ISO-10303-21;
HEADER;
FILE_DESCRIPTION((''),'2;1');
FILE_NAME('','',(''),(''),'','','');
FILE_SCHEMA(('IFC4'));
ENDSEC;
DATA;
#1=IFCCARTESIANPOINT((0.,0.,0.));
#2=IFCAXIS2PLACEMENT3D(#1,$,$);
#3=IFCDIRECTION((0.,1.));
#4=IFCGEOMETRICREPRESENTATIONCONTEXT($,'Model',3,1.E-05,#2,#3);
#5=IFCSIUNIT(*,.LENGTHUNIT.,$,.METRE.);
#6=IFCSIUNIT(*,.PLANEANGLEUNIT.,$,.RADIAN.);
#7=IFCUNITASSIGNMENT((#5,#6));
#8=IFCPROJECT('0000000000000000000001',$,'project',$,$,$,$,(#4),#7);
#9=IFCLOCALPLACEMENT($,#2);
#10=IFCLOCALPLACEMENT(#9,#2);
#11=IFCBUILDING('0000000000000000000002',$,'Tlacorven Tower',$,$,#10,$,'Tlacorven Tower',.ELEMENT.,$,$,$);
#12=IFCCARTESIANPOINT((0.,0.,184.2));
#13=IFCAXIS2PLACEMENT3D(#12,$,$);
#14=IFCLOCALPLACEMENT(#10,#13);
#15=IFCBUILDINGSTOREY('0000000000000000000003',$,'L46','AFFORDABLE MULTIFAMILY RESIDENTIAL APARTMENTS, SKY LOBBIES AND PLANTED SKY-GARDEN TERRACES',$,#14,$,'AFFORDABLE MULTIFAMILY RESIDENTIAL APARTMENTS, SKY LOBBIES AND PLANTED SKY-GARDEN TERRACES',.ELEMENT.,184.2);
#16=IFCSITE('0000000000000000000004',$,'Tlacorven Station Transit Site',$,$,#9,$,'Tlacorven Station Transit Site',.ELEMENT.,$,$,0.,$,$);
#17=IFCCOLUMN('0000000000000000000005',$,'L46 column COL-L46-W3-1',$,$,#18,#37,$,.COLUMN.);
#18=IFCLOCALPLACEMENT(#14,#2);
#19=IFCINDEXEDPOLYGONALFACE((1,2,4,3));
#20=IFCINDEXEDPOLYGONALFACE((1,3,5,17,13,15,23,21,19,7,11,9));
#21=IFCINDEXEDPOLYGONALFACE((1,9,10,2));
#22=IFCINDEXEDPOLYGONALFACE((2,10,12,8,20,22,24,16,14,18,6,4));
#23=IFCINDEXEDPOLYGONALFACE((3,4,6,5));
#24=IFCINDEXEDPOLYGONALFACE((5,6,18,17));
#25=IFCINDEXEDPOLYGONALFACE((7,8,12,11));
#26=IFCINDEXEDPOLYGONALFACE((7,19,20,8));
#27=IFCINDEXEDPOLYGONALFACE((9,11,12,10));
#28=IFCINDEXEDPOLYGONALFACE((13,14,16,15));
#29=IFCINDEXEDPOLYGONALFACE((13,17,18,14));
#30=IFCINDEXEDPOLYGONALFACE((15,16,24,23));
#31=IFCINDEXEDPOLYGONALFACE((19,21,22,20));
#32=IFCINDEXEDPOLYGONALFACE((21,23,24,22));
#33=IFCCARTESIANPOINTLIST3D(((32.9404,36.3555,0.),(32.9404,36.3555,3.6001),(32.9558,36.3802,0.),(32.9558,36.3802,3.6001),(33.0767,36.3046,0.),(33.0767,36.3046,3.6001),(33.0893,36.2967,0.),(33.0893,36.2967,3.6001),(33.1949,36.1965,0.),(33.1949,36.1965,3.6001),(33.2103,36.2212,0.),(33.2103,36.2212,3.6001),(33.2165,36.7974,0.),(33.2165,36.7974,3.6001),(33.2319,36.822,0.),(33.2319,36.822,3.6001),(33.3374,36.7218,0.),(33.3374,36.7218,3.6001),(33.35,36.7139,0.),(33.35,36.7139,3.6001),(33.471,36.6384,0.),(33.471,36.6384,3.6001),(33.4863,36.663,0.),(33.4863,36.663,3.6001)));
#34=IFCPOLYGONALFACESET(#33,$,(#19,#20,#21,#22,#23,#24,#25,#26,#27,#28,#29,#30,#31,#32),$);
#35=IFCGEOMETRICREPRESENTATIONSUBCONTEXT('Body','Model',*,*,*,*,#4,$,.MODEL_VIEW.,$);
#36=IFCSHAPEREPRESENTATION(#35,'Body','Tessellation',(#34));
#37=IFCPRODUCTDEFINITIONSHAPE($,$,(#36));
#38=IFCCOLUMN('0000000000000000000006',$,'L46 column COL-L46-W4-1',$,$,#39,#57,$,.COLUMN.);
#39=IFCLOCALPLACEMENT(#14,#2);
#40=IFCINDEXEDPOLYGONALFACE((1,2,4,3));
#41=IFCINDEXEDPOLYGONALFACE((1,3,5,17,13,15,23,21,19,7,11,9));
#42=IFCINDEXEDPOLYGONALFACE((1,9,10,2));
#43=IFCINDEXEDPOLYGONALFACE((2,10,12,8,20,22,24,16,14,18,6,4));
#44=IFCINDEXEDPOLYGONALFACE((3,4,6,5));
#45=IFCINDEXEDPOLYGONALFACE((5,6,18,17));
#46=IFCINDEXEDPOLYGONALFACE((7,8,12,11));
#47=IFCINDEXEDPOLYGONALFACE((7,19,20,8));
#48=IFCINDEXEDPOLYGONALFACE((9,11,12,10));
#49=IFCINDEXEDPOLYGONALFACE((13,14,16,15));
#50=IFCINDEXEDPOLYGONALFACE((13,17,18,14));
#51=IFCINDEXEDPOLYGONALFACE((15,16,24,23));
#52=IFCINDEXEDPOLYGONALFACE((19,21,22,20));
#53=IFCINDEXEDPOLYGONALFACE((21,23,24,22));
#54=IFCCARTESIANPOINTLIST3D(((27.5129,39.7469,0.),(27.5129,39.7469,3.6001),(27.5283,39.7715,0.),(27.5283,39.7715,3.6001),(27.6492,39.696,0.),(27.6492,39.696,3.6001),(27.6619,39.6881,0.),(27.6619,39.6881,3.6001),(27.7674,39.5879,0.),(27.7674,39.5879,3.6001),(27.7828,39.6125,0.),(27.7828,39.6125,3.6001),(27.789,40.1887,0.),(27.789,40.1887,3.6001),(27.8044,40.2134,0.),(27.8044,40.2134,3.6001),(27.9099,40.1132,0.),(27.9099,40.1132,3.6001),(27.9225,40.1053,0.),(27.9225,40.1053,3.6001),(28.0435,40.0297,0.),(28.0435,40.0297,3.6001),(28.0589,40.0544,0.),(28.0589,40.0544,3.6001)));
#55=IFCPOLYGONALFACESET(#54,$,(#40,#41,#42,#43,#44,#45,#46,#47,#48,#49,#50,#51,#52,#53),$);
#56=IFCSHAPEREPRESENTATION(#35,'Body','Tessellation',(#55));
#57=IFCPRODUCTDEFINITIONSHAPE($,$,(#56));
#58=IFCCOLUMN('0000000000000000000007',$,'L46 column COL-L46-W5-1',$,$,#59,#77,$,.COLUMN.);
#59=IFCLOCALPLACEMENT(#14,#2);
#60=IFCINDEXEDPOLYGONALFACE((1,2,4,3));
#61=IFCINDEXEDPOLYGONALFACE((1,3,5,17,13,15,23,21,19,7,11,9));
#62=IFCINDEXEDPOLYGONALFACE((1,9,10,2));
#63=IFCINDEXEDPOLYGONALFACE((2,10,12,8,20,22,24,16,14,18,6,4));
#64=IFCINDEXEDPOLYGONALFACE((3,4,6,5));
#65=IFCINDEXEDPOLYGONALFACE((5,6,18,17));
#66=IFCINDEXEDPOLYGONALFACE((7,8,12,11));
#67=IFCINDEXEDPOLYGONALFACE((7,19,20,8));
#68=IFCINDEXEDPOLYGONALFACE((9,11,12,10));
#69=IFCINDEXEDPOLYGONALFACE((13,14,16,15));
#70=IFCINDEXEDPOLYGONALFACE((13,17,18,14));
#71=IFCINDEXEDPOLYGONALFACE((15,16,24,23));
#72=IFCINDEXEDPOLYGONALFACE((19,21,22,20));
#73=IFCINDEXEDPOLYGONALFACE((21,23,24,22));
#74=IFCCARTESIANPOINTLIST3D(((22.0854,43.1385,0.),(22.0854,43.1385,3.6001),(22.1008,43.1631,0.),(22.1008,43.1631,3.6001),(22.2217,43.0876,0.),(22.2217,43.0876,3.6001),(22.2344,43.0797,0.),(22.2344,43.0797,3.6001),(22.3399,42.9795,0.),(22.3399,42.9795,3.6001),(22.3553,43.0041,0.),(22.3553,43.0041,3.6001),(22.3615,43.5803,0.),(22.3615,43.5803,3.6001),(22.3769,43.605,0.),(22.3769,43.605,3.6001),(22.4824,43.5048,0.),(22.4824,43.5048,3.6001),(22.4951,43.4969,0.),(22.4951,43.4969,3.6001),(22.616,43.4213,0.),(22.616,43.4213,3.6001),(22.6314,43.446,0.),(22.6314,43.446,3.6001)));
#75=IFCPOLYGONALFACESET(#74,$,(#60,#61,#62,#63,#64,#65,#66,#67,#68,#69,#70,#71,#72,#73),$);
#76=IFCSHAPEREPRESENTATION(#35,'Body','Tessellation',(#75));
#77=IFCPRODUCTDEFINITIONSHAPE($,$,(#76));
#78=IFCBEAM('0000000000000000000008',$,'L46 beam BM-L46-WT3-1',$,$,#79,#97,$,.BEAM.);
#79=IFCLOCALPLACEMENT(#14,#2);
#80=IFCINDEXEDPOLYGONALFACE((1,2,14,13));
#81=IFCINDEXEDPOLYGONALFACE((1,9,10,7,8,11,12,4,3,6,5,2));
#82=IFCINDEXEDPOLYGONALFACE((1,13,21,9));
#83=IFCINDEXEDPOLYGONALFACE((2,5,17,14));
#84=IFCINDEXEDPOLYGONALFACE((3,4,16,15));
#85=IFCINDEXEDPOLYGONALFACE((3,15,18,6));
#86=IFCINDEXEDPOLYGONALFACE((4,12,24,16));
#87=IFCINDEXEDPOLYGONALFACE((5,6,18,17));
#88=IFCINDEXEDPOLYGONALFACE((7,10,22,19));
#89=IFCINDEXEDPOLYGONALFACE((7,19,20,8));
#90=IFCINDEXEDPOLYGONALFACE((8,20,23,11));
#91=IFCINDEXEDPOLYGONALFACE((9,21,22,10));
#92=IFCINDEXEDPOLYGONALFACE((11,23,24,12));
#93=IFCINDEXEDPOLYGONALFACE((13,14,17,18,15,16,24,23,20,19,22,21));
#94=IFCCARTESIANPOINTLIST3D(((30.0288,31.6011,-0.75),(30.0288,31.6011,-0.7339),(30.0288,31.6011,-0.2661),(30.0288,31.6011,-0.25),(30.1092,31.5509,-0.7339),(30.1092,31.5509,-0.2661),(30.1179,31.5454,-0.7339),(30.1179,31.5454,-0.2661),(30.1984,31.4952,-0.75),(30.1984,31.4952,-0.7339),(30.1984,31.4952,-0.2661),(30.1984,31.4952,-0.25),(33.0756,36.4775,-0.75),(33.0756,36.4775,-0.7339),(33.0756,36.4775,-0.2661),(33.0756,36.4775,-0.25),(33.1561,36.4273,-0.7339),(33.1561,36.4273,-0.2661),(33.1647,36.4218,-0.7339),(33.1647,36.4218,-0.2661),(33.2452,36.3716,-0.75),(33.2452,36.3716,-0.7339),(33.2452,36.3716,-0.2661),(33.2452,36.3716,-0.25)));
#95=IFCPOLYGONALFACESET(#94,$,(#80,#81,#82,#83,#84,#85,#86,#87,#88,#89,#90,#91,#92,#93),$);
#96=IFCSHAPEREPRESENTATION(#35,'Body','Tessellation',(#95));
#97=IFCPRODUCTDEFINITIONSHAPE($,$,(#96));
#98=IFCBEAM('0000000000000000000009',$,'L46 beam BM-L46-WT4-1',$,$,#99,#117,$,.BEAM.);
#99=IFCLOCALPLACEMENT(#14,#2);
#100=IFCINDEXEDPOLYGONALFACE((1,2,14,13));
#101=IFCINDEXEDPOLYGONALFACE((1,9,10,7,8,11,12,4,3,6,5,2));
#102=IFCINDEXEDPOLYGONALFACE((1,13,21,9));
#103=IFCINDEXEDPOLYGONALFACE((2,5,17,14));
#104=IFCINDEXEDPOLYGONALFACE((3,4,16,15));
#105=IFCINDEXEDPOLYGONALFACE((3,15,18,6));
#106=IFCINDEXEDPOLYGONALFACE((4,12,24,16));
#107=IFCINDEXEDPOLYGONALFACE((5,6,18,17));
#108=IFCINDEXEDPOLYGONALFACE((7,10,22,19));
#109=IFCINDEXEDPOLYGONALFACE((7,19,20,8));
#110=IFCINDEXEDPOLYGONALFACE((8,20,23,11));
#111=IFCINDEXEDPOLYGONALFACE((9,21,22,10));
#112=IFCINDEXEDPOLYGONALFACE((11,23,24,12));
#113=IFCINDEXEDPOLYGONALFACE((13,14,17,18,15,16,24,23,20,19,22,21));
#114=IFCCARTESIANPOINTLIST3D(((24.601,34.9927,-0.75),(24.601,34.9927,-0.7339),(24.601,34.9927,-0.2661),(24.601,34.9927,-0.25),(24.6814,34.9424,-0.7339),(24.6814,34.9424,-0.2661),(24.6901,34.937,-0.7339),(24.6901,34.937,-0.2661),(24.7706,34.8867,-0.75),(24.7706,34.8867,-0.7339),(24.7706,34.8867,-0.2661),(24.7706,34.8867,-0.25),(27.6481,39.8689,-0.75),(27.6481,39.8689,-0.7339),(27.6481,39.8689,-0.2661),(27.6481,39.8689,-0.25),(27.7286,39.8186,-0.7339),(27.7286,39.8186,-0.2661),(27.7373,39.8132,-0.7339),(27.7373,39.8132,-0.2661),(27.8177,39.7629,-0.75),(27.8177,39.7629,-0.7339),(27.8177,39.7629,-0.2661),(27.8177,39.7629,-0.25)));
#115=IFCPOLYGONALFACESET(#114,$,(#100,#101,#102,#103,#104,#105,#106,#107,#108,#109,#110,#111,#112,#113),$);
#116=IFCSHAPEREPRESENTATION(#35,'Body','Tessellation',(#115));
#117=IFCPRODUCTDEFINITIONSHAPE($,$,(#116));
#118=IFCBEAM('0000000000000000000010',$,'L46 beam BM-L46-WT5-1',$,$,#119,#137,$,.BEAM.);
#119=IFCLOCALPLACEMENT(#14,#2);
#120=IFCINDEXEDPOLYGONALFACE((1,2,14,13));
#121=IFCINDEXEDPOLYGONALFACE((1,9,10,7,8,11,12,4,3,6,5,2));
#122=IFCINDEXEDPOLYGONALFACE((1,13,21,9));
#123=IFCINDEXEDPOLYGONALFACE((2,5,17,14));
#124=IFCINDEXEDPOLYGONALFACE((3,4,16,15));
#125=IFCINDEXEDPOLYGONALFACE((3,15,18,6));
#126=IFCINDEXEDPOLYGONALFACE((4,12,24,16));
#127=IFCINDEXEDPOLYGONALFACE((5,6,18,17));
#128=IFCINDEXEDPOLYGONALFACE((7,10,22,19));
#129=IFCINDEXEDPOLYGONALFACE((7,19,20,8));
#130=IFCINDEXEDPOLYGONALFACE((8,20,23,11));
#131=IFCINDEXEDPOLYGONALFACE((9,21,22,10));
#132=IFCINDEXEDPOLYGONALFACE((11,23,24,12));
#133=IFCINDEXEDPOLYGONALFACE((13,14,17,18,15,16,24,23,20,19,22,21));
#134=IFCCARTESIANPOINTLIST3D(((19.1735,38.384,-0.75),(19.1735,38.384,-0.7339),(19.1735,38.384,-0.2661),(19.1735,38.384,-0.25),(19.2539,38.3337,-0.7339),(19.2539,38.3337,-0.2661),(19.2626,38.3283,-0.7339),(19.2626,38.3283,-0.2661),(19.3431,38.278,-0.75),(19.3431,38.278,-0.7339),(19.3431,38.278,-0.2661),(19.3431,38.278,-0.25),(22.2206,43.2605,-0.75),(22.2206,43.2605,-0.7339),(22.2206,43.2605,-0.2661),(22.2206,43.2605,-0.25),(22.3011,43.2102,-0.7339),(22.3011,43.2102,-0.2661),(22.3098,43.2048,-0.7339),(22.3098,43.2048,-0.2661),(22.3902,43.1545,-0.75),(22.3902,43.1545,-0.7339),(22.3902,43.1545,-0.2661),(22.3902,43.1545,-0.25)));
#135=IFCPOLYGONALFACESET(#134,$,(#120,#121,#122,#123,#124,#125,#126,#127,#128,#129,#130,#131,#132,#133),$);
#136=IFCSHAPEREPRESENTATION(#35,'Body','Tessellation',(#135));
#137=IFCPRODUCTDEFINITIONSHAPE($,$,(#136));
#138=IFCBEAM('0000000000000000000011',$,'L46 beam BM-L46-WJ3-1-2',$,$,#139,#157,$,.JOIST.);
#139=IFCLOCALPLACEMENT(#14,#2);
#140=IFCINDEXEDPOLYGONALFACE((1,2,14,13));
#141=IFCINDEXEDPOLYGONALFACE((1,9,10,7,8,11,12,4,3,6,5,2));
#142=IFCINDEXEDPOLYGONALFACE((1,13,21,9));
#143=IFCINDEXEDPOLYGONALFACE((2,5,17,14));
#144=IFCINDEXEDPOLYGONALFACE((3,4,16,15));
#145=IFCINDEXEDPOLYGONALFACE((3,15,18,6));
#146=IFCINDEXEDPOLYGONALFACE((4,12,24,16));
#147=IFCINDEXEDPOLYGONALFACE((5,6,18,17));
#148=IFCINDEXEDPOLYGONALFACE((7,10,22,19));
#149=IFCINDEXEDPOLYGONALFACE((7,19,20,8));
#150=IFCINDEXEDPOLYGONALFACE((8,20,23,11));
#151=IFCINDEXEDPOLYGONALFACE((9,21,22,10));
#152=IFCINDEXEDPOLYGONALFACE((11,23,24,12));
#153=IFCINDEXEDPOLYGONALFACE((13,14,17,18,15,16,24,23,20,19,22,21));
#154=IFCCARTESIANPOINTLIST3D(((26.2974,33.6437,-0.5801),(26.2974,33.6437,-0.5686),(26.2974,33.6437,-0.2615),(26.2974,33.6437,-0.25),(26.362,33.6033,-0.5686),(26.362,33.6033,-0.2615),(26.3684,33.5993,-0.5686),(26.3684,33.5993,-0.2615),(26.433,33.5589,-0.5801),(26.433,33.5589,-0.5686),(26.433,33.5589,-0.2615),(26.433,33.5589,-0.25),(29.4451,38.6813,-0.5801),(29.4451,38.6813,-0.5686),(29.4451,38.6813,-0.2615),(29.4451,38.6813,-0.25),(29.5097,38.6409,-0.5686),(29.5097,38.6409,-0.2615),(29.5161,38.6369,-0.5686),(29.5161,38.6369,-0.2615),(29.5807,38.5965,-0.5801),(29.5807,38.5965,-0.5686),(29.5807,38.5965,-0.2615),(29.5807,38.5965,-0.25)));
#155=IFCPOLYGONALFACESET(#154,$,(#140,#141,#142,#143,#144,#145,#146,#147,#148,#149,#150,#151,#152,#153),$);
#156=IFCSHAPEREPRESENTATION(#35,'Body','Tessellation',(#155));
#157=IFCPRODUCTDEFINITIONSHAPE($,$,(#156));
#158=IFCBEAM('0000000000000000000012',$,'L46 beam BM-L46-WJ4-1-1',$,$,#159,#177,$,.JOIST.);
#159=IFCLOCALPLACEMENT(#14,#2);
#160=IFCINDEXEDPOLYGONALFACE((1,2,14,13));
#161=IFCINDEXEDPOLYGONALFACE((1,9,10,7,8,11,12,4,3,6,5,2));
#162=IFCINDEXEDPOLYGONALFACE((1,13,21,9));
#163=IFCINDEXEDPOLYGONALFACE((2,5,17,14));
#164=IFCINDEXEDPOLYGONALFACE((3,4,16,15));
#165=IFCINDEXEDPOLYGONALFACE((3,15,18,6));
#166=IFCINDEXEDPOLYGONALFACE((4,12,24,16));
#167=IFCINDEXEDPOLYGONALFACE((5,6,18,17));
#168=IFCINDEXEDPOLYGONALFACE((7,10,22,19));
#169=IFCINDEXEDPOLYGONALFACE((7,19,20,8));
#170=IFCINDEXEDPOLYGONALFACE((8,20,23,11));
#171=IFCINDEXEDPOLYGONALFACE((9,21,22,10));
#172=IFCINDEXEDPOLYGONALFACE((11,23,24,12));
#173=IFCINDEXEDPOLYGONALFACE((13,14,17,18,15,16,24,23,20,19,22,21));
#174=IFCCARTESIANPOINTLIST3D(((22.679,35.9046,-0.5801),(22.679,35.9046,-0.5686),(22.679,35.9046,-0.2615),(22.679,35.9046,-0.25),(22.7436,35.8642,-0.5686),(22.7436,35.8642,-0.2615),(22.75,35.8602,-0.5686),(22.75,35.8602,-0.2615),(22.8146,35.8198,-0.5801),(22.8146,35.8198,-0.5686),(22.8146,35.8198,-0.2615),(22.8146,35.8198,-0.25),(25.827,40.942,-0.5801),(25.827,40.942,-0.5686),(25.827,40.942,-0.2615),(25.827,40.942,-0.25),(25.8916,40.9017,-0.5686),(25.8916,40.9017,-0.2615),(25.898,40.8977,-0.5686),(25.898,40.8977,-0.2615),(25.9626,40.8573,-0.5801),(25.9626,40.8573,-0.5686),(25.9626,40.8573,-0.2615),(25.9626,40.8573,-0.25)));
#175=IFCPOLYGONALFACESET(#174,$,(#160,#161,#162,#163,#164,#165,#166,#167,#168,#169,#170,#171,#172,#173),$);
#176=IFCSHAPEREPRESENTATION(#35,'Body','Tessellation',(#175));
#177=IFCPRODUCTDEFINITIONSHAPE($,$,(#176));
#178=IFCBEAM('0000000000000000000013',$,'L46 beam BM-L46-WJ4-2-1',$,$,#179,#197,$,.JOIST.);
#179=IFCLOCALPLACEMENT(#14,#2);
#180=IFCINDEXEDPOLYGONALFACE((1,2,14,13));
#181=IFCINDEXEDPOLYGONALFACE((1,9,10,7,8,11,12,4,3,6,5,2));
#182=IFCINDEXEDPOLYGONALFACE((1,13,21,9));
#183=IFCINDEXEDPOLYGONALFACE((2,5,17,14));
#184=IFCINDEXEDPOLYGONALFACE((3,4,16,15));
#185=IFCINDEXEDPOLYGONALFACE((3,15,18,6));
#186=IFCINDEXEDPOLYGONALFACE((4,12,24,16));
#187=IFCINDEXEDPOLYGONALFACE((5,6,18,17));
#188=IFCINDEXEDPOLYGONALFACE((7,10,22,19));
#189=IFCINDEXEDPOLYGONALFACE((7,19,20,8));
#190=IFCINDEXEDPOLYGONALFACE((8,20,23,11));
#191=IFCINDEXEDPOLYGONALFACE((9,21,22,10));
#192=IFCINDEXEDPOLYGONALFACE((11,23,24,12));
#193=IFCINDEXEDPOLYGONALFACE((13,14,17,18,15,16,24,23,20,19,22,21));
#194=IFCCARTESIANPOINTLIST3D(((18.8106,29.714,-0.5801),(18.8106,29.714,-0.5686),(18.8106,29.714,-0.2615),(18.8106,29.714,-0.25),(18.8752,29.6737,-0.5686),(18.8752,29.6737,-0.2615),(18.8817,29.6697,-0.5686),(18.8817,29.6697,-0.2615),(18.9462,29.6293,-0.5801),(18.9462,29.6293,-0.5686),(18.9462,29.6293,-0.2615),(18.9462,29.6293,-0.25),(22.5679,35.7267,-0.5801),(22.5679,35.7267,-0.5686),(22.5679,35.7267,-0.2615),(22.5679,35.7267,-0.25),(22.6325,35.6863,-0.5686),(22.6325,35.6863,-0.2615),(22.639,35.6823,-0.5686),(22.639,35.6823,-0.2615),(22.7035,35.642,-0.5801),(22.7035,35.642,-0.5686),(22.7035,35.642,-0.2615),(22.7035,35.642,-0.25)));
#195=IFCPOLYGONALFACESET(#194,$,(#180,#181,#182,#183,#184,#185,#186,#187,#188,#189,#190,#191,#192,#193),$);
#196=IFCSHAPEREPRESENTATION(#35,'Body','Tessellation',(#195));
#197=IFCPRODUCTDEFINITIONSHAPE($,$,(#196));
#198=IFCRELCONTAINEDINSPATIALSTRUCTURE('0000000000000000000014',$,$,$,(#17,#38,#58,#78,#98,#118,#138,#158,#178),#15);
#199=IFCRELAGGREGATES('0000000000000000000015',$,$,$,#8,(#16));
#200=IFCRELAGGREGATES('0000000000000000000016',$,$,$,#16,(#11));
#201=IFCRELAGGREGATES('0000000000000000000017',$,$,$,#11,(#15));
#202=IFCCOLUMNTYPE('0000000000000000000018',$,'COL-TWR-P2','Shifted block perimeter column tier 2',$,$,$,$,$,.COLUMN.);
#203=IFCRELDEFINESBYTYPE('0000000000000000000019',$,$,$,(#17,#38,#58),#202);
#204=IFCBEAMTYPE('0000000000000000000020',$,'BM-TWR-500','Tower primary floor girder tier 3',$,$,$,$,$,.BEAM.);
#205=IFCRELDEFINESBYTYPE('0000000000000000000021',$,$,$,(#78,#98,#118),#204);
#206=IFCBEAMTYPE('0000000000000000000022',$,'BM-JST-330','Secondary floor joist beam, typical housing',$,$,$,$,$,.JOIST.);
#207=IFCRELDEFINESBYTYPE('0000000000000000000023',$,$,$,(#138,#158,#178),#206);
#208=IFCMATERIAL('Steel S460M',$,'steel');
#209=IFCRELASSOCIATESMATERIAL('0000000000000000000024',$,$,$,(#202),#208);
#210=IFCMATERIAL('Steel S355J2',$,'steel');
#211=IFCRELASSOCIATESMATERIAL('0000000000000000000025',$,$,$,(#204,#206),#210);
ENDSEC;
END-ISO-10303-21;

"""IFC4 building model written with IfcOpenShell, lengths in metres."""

from ifc_helpers import new_model, si_unit, direction, frame, origin, origin_2d, place, context, subcontext, project, spatial, i_section, extrude, source, transform, mapped, material, material_profile, profile_set, type_object, element, save


model = new_model("IFC4")

# Units and contexts
model_context = context("Model", 3, precision=1e-05, world=origin(), true_north=direction((0.0, 1.0)))
body_context = subcontext(model_context, "Body", "Model", "MODEL_VIEW")
ifc_project = project(units=[si_unit("LENGTHUNIT", "METRE"), si_unit("PLANEANGLEUNIT", "RADIAN")], contexts=[model_context])

# Site, building, storey
site_placement = place(None, origin())
site = spatial("IfcSite", under=ifc_project, at=site_placement, Name="Tlacorven Station Transit Site", LongName="Tlacorven Station Transit Site", CompositionType="ELEMENT", RefElevation=0.0)
building_placement = place(site_placement, origin())
building = spatial("IfcBuilding", under=site, at=building_placement, Name="Tlacorven Tower", LongName="Tlacorven Tower", CompositionType="ELEMENT")
storey_placement = place(building_placement, frame((0.0, 0.0, 184.2)))
storey = spatial("IfcBuildingStorey", under=building, at=storey_placement, Name="L46", Description="AFFORDABLE MULTIFAMILY RESIDENTIAL APARTMENTS, SKY LOBBIES AND PLANTED SKY-GARDEN TERRACES", LongName="AFFORDABLE MULTIFAMILY RESIDENTIAL APARTMENTS, SKY LOBBIES AND PLANTED SKY-GARDEN TERRACES", CompositionType="ELEMENT", Elevation=184.2)

# Columns
ifc_material_1 = material(Name="Steel S460M", Category="steel")
ifc_material_profile_1 = material_profile(ifc_material_1, i_section(OverallWidth=0.3, OverallDepth=0.55, WebThickness=0.0149, FlangeThickness=0.0291, at=origin_2d()), Name="HEB 550")
ifc_profile_set_1 = profile_set([ifc_material_profile_1], Name="Steel S460M")
column_type = type_object("IfcColumnType", Name="COL-TWR-P2", Description="Shifted block perimeter column tier 2", PredefinedType="COLUMN", material=ifc_profile_set_1)
shared_shape_1 = source(origin(), body_context, "Body", "SweptSolid", [
    extrude(i_section(OverallWidth=0.3, OverallDepth=0.55, WebThickness=0.0149, FlangeThickness=0.0291, at=origin_2d()), origin(), (0.0, 0.0, 1.0), 3.6001),
])
for number, where, z_axis, x_axis, name in (
    (1, (33.2134, 36.5093, 0.0), (0.0, 0.0, 1.0), (-0.848048, 0.529919, 0.0), "L46 column COL-L46-W3-1"),
    (2, (27.7859, 39.9006, 0.0), (0.0, 0.0, 1.0), (-0.848048, 0.529919, 0.0), "L46 column COL-L46-W4-1"),
    (3, (22.3584, 43.2922, 0.0), (0.0, 0.0, 1.0), (-0.848048, 0.529919, 0.0), "L46 column COL-L46-W5-1"),
):
    element("IfcColumn", number, at=place(storey_placement, frame(where, z_axis=z_axis, x_axis=x_axis)), inside=storey, type_object=column_type, Name=name, PredefinedType="COLUMN", context=body_context, shape_type="MappedRepresentation", body=[
        mapped(shared_shape_1, transform((0.0, 0.0, 0.0), scale=1.0)),
    ])

# Beams
ifc_material_2 = material(Name="Steel S355J2", Category="steel")
ifc_material_profile_2 = material_profile(ifc_material_2, i_section(OverallWidth=0.2, OverallDepth=0.5, WebThickness=0.0103, FlangeThickness=0.0161, at=origin_2d()), Name="IPE 500")
ifc_profile_set_2 = profile_set([ifc_material_profile_2], Name="Steel S355J2")
beam_type_1 = type_object("IfcBeamType", Name="BM-TWR-500", Description="Tower primary floor girder tier 3", PredefinedType="BEAM", material=ifc_profile_set_2)
shared_shape_2 = source(origin(), body_context, "Body", "SweptSolid", [
    extrude(i_section(OverallWidth=0.2, OverallDepth=0.5, WebThickness=0.0103, FlangeThickness=0.0161, at=origin_2d()), origin(), (0.0, 0.0, 1.0), 5.75),
])
for number, where, z_axis, x_axis, name in (
    (4, (33.1604, 36.4246, -0.5), (-0.529884, -0.84807, 0.0), (0.84807, -0.529884, 0.0), "L46 beam BM-L46-WT3-1"),
    (5, (27.7329, 39.8159, -0.5), (-0.529934, -0.848039, 0.0), (0.848039, -0.529934, 0.0), "L46 beam BM-L46-WT4-1"),
):
    element("IfcBeam", number, at=place(storey_placement, frame(where, z_axis=z_axis, x_axis=x_axis)), inside=storey, type_object=beam_type_1, Name=name, PredefinedType="BEAM", context=body_context, shape_type="MappedRepresentation", body=[
        mapped(shared_shape_2, transform((0.0, 0.0, 0.0), scale=1.0)),
    ])
shared_shape_3 = source(origin(), body_context, "Body", "SweptSolid", [
    extrude(i_section(OverallWidth=0.2, OverallDepth=0.5, WebThickness=0.0103, FlangeThickness=0.0161, at=origin_2d()), origin(), (0.0, 0.0, 1.0), 5.7502),
])
beam_1_placement = place(storey_placement, frame((22.3054, 43.2075, -0.5), z_axis=(-0.529915, -0.848051, 0.0), x_axis=(0.848051, -0.529915, 0.0)))
element("IfcBeam", 6, at=beam_1_placement, inside=storey, type_object=beam_type_1, Name="L46 beam BM-L46-WT5-1", PredefinedType="BEAM", context=body_context, shape_type="MappedRepresentation", body=[
    mapped(shared_shape_3, transform((0.0, 0.0, 0.0), scale=1.0)),
])
ifc_material_profile_3 = material_profile(ifc_material_2, i_section(OverallWidth=0.1599, OverallDepth=0.3301, WebThickness=0.0076, FlangeThickness=0.0115, at=origin_2d()), Name="IPE 330")
ifc_profile_set_3 = profile_set([ifc_material_profile_3], Name="Steel S355J2")
beam_type_2 = type_object("IfcBeamType", Name="BM-JST-330", Description="Secondary floor joist beam, typical housing", PredefinedType="JOIST", material=ifc_profile_set_3)
shared_shape_4 = source(origin(), body_context, "Body", "SweptSolid", [
    extrude(i_section(OverallWidth=0.1599, OverallDepth=0.3301, WebThickness=0.0076, FlangeThickness=0.0115, at=origin_2d()), origin(), (0.0, 0.0, 1.0), 5.9402),
])
for number, where, z_axis, x_axis, name in (
    (7, (29.5129, 38.6389, -0.415), (-0.529903, -0.848058, 0.0), (0.848058, -0.529903, 0.0), "L46 beam BM-L46-WJ3-1-2"),
    (8, (25.8948, 40.8997, -0.415), (-0.529951, -0.848028, 0.0), (0.848028, -0.529951, 0.0), "L46 beam BM-L46-WJ4-1-1"),
):
    element("IfcBeam", number, at=place(storey_placement, frame(where, z_axis=z_axis, x_axis=x_axis)), inside=storey, type_object=beam_type_2, Name=name, PredefinedType="JOIST", context=body_context, shape_type="MappedRepresentation", body=[
        mapped(shared_shape_4, transform((0.0, 0.0, 0.0), scale=1.0)),
    ])
shared_shape_5 = source(origin(), body_context, "Body", "SweptSolid", [
    extrude(i_section(OverallWidth=0.1599, OverallDepth=0.3301, WebThickness=0.0076, FlangeThickness=0.0115, at=origin_2d()), origin(), (0.0, 0.0, 1.0), 7.0901),
])
beam_2_placement = place(storey_placement, frame((22.6357, 35.6843, -0.415), z_axis=(-0.529937, -0.848037, 0.0), x_axis=(0.848037, -0.529937, 0.0)))
element("IfcBeam", 9, at=beam_2_placement, inside=storey, type_object=beam_type_2, Name="L46 beam BM-L46-WJ4-2-1", PredefinedType="JOIST", context=body_context, shape_type="MappedRepresentation", body=[
    mapped(shared_shape_5, transform((0.0, 0.0, 0.0), scale=1.0)),
])

save(model, "model.ifc")
